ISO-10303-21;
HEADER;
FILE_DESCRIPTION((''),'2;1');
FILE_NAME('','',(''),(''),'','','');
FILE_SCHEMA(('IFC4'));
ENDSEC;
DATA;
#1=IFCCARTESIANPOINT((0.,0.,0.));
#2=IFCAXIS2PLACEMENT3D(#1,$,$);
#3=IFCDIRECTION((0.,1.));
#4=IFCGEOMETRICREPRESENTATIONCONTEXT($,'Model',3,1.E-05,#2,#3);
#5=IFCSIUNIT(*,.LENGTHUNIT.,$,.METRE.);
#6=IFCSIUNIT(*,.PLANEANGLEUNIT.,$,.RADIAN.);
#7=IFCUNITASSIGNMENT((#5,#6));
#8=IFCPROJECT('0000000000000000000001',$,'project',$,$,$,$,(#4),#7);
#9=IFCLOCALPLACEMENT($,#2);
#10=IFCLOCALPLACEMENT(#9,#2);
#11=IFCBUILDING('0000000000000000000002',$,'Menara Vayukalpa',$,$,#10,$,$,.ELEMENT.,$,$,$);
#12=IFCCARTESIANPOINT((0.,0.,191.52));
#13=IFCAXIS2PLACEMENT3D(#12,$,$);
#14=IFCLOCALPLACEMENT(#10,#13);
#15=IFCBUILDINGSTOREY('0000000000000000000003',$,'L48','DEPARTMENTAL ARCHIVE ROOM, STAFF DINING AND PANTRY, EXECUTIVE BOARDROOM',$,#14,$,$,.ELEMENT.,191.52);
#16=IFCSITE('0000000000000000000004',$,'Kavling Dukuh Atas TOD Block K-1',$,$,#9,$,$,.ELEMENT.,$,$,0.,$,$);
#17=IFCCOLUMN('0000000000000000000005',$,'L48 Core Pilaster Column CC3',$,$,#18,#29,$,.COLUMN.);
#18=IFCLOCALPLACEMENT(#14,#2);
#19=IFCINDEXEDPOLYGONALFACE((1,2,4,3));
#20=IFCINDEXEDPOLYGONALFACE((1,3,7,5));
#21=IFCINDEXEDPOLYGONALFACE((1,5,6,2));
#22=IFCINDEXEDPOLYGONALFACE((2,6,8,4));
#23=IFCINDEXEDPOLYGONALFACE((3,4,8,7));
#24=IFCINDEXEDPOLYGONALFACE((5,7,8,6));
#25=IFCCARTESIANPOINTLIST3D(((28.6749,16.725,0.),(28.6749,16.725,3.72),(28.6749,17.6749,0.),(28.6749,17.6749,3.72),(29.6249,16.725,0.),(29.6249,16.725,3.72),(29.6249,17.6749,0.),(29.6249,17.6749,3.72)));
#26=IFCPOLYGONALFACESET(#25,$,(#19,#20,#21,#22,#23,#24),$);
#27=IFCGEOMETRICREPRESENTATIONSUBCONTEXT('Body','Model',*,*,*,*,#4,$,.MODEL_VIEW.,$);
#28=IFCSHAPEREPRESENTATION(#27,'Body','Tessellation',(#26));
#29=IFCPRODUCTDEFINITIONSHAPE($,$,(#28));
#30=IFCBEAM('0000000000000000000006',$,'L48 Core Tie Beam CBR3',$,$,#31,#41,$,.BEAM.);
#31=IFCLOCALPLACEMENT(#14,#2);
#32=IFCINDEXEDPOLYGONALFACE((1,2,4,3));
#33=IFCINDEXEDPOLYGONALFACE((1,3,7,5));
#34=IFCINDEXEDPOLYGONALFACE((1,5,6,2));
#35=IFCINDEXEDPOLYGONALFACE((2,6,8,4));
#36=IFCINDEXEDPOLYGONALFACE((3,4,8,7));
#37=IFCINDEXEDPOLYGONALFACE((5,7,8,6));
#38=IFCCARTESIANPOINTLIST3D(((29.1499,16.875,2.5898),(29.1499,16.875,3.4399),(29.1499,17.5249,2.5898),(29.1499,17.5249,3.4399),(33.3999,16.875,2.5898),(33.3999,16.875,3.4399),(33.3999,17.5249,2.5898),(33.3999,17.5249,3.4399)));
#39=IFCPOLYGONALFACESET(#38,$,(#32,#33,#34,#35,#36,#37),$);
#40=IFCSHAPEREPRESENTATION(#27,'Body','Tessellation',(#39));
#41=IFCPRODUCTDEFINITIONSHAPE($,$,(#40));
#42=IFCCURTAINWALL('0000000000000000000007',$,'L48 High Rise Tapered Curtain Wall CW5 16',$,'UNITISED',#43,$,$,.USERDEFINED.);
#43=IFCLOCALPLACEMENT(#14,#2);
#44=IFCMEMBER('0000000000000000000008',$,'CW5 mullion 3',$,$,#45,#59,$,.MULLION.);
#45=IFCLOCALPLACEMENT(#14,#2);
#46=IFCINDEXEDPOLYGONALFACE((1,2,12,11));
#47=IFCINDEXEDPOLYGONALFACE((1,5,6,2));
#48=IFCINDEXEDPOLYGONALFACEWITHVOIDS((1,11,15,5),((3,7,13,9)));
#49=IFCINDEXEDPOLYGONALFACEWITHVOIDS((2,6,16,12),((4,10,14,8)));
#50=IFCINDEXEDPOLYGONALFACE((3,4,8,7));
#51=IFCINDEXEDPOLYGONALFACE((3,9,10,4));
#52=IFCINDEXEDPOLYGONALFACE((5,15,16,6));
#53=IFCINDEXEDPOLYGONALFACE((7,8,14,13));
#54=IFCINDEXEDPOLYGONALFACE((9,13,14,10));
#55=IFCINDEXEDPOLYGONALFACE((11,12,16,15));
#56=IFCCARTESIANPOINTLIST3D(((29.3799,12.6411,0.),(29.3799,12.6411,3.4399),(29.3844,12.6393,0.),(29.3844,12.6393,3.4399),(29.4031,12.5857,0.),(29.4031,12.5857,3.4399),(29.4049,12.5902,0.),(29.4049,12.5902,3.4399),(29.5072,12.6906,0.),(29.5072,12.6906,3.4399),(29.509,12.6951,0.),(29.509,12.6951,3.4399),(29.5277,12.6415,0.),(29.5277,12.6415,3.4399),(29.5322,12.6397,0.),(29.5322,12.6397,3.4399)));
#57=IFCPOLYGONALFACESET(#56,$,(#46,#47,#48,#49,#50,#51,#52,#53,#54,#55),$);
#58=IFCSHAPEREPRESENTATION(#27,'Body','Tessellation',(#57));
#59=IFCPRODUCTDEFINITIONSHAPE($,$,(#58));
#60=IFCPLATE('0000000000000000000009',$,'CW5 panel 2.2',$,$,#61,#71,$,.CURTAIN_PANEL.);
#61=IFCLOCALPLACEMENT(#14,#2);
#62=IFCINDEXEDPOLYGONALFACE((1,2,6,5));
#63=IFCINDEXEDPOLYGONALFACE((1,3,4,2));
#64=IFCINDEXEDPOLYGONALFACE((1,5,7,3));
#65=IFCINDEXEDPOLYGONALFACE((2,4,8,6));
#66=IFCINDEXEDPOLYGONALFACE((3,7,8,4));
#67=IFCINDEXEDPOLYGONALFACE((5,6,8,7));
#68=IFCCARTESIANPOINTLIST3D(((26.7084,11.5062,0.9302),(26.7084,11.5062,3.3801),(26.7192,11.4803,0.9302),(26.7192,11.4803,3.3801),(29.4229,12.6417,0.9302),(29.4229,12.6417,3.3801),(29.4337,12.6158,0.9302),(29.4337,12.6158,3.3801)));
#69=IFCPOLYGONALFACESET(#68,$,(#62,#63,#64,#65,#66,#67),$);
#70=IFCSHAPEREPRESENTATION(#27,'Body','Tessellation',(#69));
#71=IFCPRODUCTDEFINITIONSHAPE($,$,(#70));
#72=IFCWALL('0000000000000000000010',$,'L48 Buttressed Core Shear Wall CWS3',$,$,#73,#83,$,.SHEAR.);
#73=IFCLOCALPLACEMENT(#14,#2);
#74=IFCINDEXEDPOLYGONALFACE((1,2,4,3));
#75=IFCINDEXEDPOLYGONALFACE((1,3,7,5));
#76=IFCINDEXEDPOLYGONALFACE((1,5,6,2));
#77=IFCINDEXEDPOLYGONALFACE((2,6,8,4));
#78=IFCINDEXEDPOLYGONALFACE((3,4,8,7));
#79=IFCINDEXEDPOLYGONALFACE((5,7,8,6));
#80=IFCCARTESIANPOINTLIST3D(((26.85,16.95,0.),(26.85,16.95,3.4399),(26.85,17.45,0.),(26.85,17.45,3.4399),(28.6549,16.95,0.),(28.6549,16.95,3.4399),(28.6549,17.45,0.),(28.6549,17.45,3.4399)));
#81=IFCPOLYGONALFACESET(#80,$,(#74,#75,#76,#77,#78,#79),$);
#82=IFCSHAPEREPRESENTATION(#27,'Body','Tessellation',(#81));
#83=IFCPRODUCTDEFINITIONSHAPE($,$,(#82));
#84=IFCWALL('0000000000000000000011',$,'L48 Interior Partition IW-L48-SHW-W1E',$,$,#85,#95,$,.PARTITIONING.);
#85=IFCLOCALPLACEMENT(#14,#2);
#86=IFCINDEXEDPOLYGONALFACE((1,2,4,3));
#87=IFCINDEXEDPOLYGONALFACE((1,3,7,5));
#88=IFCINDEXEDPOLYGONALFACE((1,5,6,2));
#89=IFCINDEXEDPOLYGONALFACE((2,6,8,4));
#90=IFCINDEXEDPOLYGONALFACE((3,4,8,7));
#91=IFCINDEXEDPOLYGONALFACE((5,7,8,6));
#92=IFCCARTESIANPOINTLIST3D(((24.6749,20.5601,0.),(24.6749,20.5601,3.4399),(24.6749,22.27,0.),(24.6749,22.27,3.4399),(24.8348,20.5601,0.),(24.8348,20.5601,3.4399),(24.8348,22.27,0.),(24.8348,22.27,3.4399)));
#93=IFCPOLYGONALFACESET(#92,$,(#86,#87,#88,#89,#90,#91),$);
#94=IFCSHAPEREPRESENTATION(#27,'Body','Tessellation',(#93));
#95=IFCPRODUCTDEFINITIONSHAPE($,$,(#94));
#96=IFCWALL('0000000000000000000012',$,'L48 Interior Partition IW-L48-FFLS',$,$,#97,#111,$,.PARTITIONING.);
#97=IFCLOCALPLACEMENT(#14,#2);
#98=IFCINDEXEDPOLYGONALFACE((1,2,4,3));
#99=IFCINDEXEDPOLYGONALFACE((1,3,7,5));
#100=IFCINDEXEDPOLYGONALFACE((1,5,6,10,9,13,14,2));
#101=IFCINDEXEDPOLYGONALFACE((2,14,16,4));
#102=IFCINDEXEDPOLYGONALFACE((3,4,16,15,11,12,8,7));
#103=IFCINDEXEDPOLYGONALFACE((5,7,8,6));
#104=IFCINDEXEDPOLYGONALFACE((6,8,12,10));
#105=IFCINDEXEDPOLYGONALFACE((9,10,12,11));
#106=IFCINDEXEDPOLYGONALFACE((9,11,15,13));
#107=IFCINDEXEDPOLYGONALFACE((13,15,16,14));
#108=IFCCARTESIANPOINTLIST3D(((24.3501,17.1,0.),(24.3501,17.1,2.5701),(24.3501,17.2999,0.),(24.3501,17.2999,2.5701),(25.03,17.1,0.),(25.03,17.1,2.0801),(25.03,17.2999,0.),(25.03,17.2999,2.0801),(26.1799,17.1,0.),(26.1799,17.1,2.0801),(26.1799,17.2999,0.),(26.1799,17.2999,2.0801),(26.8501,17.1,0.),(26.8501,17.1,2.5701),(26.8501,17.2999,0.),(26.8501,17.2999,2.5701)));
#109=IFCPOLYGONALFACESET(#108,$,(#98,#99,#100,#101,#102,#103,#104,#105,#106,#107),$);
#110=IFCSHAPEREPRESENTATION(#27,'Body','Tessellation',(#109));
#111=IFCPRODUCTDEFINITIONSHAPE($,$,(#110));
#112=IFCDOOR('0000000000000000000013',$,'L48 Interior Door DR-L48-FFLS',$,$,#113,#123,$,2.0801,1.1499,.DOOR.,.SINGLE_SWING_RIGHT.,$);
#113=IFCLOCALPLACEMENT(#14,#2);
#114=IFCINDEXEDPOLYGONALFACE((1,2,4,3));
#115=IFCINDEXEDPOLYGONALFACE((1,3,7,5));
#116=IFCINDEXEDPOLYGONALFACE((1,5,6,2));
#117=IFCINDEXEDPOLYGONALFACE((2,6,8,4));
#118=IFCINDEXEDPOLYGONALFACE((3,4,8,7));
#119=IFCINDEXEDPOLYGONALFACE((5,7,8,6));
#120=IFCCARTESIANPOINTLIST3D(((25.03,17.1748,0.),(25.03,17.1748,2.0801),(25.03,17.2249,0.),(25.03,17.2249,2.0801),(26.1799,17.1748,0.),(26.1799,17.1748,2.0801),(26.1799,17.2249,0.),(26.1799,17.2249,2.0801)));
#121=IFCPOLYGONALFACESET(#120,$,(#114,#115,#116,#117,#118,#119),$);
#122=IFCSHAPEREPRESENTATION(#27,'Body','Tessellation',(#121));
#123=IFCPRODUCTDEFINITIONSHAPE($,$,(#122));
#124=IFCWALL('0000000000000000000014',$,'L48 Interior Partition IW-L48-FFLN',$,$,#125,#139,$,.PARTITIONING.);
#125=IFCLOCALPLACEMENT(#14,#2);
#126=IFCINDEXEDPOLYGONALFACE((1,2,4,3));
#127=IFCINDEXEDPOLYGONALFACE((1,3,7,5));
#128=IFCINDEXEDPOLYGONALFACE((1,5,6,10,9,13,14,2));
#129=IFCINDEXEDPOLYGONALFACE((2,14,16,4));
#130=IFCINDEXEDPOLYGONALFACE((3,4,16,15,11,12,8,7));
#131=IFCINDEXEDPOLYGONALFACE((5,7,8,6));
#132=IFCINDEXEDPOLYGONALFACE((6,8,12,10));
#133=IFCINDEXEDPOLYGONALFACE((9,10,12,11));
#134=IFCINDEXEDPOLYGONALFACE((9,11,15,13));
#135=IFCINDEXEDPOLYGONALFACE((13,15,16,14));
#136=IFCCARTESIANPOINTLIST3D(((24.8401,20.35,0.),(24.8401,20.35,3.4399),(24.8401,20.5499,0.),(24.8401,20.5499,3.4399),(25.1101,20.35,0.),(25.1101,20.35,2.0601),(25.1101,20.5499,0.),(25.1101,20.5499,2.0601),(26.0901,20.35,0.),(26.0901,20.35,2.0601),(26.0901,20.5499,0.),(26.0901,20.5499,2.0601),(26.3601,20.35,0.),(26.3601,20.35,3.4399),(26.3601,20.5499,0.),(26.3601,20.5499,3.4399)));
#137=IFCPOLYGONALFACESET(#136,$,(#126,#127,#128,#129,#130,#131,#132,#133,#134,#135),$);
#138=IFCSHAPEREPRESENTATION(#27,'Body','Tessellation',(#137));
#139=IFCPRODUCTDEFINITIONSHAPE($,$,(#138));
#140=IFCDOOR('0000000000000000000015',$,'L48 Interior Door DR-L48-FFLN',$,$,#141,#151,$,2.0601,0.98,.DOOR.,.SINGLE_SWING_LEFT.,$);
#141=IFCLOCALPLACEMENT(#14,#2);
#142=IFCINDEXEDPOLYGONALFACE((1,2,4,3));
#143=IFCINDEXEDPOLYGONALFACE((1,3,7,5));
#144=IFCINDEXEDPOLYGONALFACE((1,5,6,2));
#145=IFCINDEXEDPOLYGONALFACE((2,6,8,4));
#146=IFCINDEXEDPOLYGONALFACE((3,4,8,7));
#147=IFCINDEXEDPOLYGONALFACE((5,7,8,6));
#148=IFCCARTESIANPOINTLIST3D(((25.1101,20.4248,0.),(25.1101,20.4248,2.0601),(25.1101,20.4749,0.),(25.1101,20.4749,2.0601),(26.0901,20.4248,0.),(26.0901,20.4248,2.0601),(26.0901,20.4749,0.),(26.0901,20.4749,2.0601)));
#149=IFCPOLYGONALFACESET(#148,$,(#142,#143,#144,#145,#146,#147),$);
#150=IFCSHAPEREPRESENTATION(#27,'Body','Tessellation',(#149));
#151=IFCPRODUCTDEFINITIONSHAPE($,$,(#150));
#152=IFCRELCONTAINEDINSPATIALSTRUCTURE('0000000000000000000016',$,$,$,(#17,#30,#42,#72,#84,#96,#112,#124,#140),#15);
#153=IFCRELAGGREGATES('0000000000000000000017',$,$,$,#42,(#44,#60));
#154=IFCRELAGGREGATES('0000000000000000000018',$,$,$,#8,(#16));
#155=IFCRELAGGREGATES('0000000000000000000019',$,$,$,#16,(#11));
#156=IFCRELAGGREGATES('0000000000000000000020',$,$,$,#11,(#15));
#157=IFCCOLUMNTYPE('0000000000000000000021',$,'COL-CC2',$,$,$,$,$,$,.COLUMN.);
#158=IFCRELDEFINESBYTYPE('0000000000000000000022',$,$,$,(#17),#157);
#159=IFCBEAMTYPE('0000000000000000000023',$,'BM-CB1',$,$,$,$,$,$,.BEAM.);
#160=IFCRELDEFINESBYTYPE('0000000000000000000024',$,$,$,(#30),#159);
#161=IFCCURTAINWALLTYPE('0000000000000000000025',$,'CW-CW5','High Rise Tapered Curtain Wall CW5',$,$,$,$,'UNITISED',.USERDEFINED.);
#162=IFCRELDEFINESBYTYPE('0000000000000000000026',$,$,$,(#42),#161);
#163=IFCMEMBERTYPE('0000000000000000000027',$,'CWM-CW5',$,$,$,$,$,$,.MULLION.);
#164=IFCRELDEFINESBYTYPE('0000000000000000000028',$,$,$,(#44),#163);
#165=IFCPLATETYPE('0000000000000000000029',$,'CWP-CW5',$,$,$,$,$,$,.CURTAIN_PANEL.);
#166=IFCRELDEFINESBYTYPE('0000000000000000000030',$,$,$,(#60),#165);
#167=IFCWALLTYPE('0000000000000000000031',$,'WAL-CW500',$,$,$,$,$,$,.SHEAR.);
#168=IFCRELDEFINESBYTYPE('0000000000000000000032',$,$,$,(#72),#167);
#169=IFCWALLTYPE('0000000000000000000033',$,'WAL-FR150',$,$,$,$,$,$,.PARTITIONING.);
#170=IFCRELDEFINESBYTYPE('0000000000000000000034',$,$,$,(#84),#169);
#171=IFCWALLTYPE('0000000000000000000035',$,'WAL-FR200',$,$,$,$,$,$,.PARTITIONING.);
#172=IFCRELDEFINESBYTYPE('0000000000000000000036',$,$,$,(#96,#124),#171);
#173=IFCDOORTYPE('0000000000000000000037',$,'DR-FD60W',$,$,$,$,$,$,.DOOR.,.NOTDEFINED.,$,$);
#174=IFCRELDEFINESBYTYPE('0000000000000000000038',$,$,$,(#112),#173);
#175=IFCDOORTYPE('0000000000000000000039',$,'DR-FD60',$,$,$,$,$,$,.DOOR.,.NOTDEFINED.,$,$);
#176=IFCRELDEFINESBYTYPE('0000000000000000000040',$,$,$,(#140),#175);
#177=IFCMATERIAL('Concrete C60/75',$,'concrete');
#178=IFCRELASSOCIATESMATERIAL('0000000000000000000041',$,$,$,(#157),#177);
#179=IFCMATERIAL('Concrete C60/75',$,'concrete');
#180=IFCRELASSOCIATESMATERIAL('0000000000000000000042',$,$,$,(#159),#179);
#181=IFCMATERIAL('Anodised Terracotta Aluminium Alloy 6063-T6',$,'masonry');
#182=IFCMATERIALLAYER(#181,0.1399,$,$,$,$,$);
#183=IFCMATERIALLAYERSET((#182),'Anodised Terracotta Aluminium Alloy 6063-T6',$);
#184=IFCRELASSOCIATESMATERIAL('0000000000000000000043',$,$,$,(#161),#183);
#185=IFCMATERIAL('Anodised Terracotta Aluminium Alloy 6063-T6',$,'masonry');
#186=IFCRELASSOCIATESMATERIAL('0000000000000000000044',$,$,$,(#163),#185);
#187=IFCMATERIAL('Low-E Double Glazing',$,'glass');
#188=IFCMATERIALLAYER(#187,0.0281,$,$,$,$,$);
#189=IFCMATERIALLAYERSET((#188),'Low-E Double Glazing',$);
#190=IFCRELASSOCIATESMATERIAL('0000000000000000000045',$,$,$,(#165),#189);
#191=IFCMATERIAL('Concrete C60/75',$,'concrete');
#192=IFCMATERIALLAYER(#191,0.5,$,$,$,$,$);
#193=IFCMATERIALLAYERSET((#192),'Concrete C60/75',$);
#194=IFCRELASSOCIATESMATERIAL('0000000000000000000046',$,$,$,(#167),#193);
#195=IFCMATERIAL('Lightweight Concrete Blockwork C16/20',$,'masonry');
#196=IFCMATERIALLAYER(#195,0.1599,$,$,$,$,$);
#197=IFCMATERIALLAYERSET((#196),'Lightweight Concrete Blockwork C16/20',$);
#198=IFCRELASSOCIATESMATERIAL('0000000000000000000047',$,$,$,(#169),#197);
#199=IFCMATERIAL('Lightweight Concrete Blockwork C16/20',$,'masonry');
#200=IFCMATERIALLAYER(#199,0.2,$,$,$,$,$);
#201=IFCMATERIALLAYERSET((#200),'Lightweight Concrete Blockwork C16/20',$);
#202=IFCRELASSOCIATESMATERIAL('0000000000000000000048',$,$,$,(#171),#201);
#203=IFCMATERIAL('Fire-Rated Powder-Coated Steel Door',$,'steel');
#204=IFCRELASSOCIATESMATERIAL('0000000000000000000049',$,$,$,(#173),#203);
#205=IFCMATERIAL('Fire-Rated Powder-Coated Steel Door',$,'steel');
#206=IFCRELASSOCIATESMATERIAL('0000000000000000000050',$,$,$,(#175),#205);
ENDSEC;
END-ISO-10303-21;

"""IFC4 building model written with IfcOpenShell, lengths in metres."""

from ifc_helpers import new_model, si_unit, direction, frame, frame_2d, origin, origin_2d, place, context, subcontext, project, spatial, rectangle, hollow_rectangle, extrude, material, layer, layer_set, material_profile, profile_set, type_object, element, fill, aggregate, save


model = new_model("IFC4")

# Units and contexts
model_context = context("Model", 3, precision=1e-05, world=origin(), true_north=direction((0.0, 1.0)))
body_context = subcontext(model_context, "Body", "Model", "MODEL_VIEW")
ifc_project = project(units=[si_unit("LENGTHUNIT", "METRE"), si_unit("PLANEANGLEUNIT", "RADIAN")], contexts=[model_context])

# Site, building, storey
site_placement = place(None, origin())
site = spatial("IfcSite", under=ifc_project, at=site_placement, Name="Kavling Dukuh Atas TOD Block K-1", CompositionType="ELEMENT", RefElevation=0.0)
building_placement = place(site_placement, origin())
building = spatial("IfcBuilding", under=site, at=building_placement, Name="Menara Vayukalpa", CompositionType="ELEMENT")
storey_placement = place(building_placement, frame((0.0, 0.0, 191.52)))
storey = spatial("IfcBuildingStorey", under=building, at=storey_placement, Name="L48", Description="DEPARTMENTAL ARCHIVE ROOM, STAFF DINING AND PANTRY, EXECUTIVE BOARDROOM", CompositionType="ELEMENT", Elevation=191.52)

# Column
ifc_material_1 = material(Name="Concrete C60/75", Category="concrete")
ifc_material_profile_1 = material_profile(ifc_material_1, rectangle(XDim=0.95, YDim=0.95, at=origin_2d()), Name="RC 950x950")
ifc_profile_set_1 = profile_set([ifc_material_profile_1], Name="Concrete C60/75")
column_type = type_object("IfcColumnType", Name="COL-CC2", PredefinedType="COLUMN", material=ifc_profile_set_1)
column_placement = place(storey_placement, frame((29.1499, 17.2, 0.0), z_axis=(0.0, 0.0, 1.0), x_axis=(1.0, 0.0, 0.0)))
element("IfcColumn", 1, at=column_placement, inside=storey, type_object=column_type, Name="L48 Core Pilaster Column CC3", PredefinedType="COLUMN", context=body_context, shape_type="SweptSolid", body=[
    extrude(rectangle(XDim=0.95, YDim=0.95, at=origin_2d()), origin(), (0.0, 0.0, 1.0), 3.72),
])

# Beam
ifc_material_2 = material(Name="Concrete C60/75", Category="concrete")
ifc_material_profile_2 = material_profile(ifc_material_2, rectangle(XDim=0.6499, YDim=0.8501, at=origin_2d()), Name="RC 650x850")
ifc_profile_set_2 = profile_set([ifc_material_profile_2], Name="Concrete C60/75")
beam_type = type_object("IfcBeamType", Name="BM-CB1", PredefinedType="BEAM", material=ifc_profile_set_2)
beam_placement = place(storey_placement, frame((29.1499, 17.2, 3.0149), z_axis=(1.0, 0.0, 0.0), x_axis=(0.0, 1.0, 0.0)))
element("IfcBeam", 2, at=beam_placement, inside=storey, type_object=beam_type, Name="L48 Core Tie Beam CBR3", PredefinedType="BEAM", context=body_context, shape_type="SweptSolid", body=[
    extrude(rectangle(XDim=0.6499, YDim=0.8501, at=origin_2d()), origin(), (0.0, 0.0, 1.0), 4.25),
])

# Curtain wall, member, plate
ifc_material_3 = material(Name="Anodised Terracotta Aluminium Alloy 6063-T6", Category="masonry")
ifc_layer_1 = layer(ifc_material_3, 0.1399)
ifc_layer_set_1 = layer_set([ifc_layer_1], Name="Anodised Terracotta Aluminium Alloy 6063-T6")
curtain_wall_type = type_object("IfcCurtainWallType", Name="CW-CW5", Description="High Rise Tapered Curtain Wall CW5", ElementType="UNITISED", PredefinedType="USERDEFINED", material=ifc_layer_set_1)
curtain_wall_placement = place(storey_placement, origin())
curtain_wall = element("IfcCurtainWall", 3, at=curtain_wall_placement, inside=storey, type_object=curtain_wall_type, Name="L48 High Rise Tapered Curtain Wall CW5 16", ObjectType="UNITISED", PredefinedType="USERDEFINED")
ifc_material_4 = material(Name="Anodised Terracotta Aluminium Alloy 6063-T6", Category="masonry")
ifc_material_profile_3 = material_profile(ifc_material_4, hollow_rectangle(XDim=0.0601, YDim=0.1399, WallThickness=0.0034, at=origin_2d()), Name="ALU 60x140x3.5")
ifc_profile_set_3 = profile_set([ifc_material_profile_3], Name="Anodised Terracotta Aluminium Alloy 6063-T6")
member_type = type_object("IfcMemberType", Name="CWM-CW5", PredefinedType="MULLION", material=ifc_profile_set_3)
member_placement = place(storey_placement, frame((29.4561, 12.6404, 0.0), z_axis=(0.0, 0.0, 1.0), x_axis=(-0.385903, 0.922539, 0.0)))
member = element("IfcMember", 4, at=member_placement, type_object=member_type, Name="CW5 mullion 3", PredefinedType="MULLION", context=body_context, shape_type="SweptSolid", body=[
    extrude(hollow_rectangle(XDim=0.0601, YDim=0.1399, WallThickness=0.0034, at=origin_2d()), origin(), (0.0, 0.0, 1.0), 3.4399),
])
ifc_material_5 = material(Name="Low-E Double Glazing", Category="glass")
ifc_layer_2 = layer(ifc_material_5, 0.0281)
ifc_layer_set_2 = layer_set([ifc_layer_2], Name="Low-E Double Glazing")
plate_type = type_object("IfcPlateType", Name="CWP-CW5", PredefinedType="CURTAIN_PANEL", material=ifc_layer_set_2)
plate_placement = place(storey_placement, frame((28.071, 12.061, 0.9302), z_axis=(0.0, 0.0, 1.0), x_axis=(0.922539, 0.385903, 0.0)))
plate = element("IfcPlate", 5, at=plate_placement, type_object=plate_type, Name="CW5 panel 2.2", PredefinedType="CURTAIN_PANEL", context=body_context, shape_type="SweptSolid", body=[
    extrude(rectangle(XDim=2.9424, YDim=0.0281, at=origin_2d()), origin(), (0.0, 0.0, 1.0), 2.45),
])
aggregate(curtain_wall, [member, plate])

# Walls
ifc_material_6 = material(Name="Concrete C60/75", Category="concrete")
ifc_layer_3 = layer(ifc_material_6, 0.5)
ifc_layer_set_3 = layer_set([ifc_layer_3], Name="Concrete C60/75")
wall_type_1 = type_object("IfcWallType", Name="WAL-CW500", PredefinedType="SHEAR", material=ifc_layer_set_3)
wall_1_placement = place(storey_placement, frame((26.8501, 17.2, 0.0), z_axis=(0.0, 0.0, 1.0), x_axis=(1.0, 0.0, 0.0)))
element("IfcWall", 6, at=wall_1_placement, inside=storey, type_object=wall_type_1, Name="L48 Buttressed Core Shear Wall CWS3", PredefinedType="SHEAR", context=body_context, shape_type="SweptSolid", body=[
    extrude(rectangle(XDim=1.8049, YDim=0.5, at=frame_2d((0.9023, 0.0))), origin(), (0.0, 0.0, 1.0), 3.4399),
])
ifc_material_7 = material(Name="Lightweight Concrete Blockwork C16/20", Category="masonry")
ifc_layer_4 = layer(ifc_material_7, 0.1599)
ifc_layer_set_4 = layer_set([ifc_layer_4], Name="Lightweight Concrete Blockwork C16/20")
wall_type_2 = type_object("IfcWallType", Name="WAL-FR150", PredefinedType="PARTITIONING", material=ifc_layer_set_4)
wall_2_placement = place(storey_placement, frame((24.7549, 20.5601, 0.0), z_axis=(0.0, 0.0, 1.0), x_axis=(0.0, 1.0, 0.0)))
element("IfcWall", 7, at=wall_2_placement, inside=storey, type_object=wall_type_2, Name="L48 Interior Partition IW-L48-SHW-W1E", PredefinedType="PARTITIONING", context=body_context, shape_type="SweptSolid", body=[
    extrude(rectangle(XDim=1.71, YDim=0.1599, at=frame_2d((0.855, 0.0))), origin(), (0.0, 0.0, 1.0), 3.4399),
])

# Walls, openings, doors
ifc_material_8 = material(Name="Lightweight Concrete Blockwork C16/20", Category="masonry")
ifc_layer_5 = layer(ifc_material_8, 0.2)
ifc_layer_set_5 = layer_set([ifc_layer_5], Name="Lightweight Concrete Blockwork C16/20")
wall_type_3 = type_object("IfcWallType", Name="WAL-FR200", PredefinedType="PARTITIONING", material=ifc_layer_set_5)
wall_3_placement = place(storey_placement, frame((24.3501, 17.2, 0.0), z_axis=(0.0, 0.0, 1.0), x_axis=(1.0, 0.0, 0.0)))
wall_3 = element("IfcWall", 8, at=wall_3_placement, inside=storey, type_object=wall_type_3, Name="L48 Interior Partition IW-L48-FFLS", PredefinedType="PARTITIONING", context=body_context, shape_type="SweptSolid", body=[
    extrude(rectangle(XDim=2.5, YDim=0.2, at=frame_2d((1.25, 0.0))), origin(), (0.0, 0.0, 1.0), 2.5701),
])
opening_1_placement = place(wall_3_placement, frame((0.6799, 0.0, 0.0)))
opening_1 = element("IfcOpeningElement", 9, at=opening_1_placement, cuts=wall_3, PredefinedType="OPENING", context=body_context, shape_type="SweptSolid", body=[
    extrude(rectangle(XDim=1.1499, YDim=2.0801, at=frame_2d((0.575, 1.04))), frame((0.0, 0.1099, 0.0), z_axis=(0.0, -1.0, 0.0), x_axis=(1.0, 0.0, 0.0)), (0.0, 0.0, 1.0), 0.22),
])
ifc_material_9 = material(Name="Fire-Rated Powder-Coated Steel Door", Category="steel")
door_type_1 = type_object("IfcDoorType", Name="DR-FD60W", OperationType="NOTDEFINED", PredefinedType="DOOR", material=ifc_material_9)
door_1_placement = place(opening_1_placement, origin())
door_1 = element("IfcDoor", 10, at=door_1_placement, inside=storey, type_object=door_type_1, Name="L48 Interior Door DR-L48-FFLS", OperationType="SINGLE_SWING_RIGHT", OverallHeight=2.0801, OverallWidth=1.1499, PredefinedType="DOOR", context=body_context, shape_type="SweptSolid", body=[
    extrude(rectangle(XDim=1.1499, YDim=2.0801, at=frame_2d((0.575, 1.04))), frame((0.0, 0.0249, 0.0), z_axis=(0.0, -1.0, 0.0), x_axis=(1.0, 0.0, 0.0)), (0.0, 0.0, 1.0), 0.05),
])
fill(opening_1, door_1)
wall_4_placement = place(storey_placement, frame((24.8401, 20.45, 0.0), z_axis=(0.0, 0.0, 1.0), x_axis=(1.0, 0.0, 0.0)))
wall_4 = element("IfcWall", 11, at=wall_4_placement, inside=storey, type_object=wall_type_3, Name="L48 Interior Partition IW-L48-FFLN", PredefinedType="PARTITIONING", context=body_context, shape_type="SweptSolid", body=[
    extrude(rectangle(XDim=1.52, YDim=0.2, at=frame_2d((0.76, 0.0))), origin(), (0.0, 0.0, 1.0), 3.4399),
])
opening_2_placement = place(wall_4_placement, frame((0.27, 0.0, 0.0)))
opening_2 = element("IfcOpeningElement", 12, at=opening_2_placement, cuts=wall_4, PredefinedType="OPENING", context=body_context, shape_type="SweptSolid", body=[
    extrude(rectangle(XDim=0.98, YDim=2.0601, at=frame_2d((0.49, 1.03))), frame((0.0, 0.1099, 0.0), z_axis=(0.0, -1.0, 0.0), x_axis=(1.0, 0.0, 0.0)), (0.0, 0.0, 1.0), 0.22),
])
ifc_material_10 = material(Name="Fire-Rated Powder-Coated Steel Door", Category="steel")
door_type_2 = type_object("IfcDoorType", Name="DR-FD60", OperationType="NOTDEFINED", PredefinedType="DOOR", material=ifc_material_10)
door_2_placement = place(opening_2_placement, origin())
door_2 = element("IfcDoor", 13, at=door_2_placement, inside=storey, type_object=door_type_2, Name="L48 Interior Door DR-L48-FFLN", OperationType="SINGLE_SWING_LEFT", OverallHeight=2.0601, OverallWidth=0.98, PredefinedType="DOOR", context=body_context, shape_type="SweptSolid", body=[
    extrude(rectangle(XDim=0.98, YDim=2.0601, at=frame_2d((0.49, 1.03))), frame((0.0, 0.0249, 0.0), z_axis=(0.0, -1.0, 0.0), x_axis=(1.0, 0.0, 0.0)), (0.0, 0.0, 1.0), 0.05),
])
fill(opening_2, door_2)

save(model, "model.ifc")
